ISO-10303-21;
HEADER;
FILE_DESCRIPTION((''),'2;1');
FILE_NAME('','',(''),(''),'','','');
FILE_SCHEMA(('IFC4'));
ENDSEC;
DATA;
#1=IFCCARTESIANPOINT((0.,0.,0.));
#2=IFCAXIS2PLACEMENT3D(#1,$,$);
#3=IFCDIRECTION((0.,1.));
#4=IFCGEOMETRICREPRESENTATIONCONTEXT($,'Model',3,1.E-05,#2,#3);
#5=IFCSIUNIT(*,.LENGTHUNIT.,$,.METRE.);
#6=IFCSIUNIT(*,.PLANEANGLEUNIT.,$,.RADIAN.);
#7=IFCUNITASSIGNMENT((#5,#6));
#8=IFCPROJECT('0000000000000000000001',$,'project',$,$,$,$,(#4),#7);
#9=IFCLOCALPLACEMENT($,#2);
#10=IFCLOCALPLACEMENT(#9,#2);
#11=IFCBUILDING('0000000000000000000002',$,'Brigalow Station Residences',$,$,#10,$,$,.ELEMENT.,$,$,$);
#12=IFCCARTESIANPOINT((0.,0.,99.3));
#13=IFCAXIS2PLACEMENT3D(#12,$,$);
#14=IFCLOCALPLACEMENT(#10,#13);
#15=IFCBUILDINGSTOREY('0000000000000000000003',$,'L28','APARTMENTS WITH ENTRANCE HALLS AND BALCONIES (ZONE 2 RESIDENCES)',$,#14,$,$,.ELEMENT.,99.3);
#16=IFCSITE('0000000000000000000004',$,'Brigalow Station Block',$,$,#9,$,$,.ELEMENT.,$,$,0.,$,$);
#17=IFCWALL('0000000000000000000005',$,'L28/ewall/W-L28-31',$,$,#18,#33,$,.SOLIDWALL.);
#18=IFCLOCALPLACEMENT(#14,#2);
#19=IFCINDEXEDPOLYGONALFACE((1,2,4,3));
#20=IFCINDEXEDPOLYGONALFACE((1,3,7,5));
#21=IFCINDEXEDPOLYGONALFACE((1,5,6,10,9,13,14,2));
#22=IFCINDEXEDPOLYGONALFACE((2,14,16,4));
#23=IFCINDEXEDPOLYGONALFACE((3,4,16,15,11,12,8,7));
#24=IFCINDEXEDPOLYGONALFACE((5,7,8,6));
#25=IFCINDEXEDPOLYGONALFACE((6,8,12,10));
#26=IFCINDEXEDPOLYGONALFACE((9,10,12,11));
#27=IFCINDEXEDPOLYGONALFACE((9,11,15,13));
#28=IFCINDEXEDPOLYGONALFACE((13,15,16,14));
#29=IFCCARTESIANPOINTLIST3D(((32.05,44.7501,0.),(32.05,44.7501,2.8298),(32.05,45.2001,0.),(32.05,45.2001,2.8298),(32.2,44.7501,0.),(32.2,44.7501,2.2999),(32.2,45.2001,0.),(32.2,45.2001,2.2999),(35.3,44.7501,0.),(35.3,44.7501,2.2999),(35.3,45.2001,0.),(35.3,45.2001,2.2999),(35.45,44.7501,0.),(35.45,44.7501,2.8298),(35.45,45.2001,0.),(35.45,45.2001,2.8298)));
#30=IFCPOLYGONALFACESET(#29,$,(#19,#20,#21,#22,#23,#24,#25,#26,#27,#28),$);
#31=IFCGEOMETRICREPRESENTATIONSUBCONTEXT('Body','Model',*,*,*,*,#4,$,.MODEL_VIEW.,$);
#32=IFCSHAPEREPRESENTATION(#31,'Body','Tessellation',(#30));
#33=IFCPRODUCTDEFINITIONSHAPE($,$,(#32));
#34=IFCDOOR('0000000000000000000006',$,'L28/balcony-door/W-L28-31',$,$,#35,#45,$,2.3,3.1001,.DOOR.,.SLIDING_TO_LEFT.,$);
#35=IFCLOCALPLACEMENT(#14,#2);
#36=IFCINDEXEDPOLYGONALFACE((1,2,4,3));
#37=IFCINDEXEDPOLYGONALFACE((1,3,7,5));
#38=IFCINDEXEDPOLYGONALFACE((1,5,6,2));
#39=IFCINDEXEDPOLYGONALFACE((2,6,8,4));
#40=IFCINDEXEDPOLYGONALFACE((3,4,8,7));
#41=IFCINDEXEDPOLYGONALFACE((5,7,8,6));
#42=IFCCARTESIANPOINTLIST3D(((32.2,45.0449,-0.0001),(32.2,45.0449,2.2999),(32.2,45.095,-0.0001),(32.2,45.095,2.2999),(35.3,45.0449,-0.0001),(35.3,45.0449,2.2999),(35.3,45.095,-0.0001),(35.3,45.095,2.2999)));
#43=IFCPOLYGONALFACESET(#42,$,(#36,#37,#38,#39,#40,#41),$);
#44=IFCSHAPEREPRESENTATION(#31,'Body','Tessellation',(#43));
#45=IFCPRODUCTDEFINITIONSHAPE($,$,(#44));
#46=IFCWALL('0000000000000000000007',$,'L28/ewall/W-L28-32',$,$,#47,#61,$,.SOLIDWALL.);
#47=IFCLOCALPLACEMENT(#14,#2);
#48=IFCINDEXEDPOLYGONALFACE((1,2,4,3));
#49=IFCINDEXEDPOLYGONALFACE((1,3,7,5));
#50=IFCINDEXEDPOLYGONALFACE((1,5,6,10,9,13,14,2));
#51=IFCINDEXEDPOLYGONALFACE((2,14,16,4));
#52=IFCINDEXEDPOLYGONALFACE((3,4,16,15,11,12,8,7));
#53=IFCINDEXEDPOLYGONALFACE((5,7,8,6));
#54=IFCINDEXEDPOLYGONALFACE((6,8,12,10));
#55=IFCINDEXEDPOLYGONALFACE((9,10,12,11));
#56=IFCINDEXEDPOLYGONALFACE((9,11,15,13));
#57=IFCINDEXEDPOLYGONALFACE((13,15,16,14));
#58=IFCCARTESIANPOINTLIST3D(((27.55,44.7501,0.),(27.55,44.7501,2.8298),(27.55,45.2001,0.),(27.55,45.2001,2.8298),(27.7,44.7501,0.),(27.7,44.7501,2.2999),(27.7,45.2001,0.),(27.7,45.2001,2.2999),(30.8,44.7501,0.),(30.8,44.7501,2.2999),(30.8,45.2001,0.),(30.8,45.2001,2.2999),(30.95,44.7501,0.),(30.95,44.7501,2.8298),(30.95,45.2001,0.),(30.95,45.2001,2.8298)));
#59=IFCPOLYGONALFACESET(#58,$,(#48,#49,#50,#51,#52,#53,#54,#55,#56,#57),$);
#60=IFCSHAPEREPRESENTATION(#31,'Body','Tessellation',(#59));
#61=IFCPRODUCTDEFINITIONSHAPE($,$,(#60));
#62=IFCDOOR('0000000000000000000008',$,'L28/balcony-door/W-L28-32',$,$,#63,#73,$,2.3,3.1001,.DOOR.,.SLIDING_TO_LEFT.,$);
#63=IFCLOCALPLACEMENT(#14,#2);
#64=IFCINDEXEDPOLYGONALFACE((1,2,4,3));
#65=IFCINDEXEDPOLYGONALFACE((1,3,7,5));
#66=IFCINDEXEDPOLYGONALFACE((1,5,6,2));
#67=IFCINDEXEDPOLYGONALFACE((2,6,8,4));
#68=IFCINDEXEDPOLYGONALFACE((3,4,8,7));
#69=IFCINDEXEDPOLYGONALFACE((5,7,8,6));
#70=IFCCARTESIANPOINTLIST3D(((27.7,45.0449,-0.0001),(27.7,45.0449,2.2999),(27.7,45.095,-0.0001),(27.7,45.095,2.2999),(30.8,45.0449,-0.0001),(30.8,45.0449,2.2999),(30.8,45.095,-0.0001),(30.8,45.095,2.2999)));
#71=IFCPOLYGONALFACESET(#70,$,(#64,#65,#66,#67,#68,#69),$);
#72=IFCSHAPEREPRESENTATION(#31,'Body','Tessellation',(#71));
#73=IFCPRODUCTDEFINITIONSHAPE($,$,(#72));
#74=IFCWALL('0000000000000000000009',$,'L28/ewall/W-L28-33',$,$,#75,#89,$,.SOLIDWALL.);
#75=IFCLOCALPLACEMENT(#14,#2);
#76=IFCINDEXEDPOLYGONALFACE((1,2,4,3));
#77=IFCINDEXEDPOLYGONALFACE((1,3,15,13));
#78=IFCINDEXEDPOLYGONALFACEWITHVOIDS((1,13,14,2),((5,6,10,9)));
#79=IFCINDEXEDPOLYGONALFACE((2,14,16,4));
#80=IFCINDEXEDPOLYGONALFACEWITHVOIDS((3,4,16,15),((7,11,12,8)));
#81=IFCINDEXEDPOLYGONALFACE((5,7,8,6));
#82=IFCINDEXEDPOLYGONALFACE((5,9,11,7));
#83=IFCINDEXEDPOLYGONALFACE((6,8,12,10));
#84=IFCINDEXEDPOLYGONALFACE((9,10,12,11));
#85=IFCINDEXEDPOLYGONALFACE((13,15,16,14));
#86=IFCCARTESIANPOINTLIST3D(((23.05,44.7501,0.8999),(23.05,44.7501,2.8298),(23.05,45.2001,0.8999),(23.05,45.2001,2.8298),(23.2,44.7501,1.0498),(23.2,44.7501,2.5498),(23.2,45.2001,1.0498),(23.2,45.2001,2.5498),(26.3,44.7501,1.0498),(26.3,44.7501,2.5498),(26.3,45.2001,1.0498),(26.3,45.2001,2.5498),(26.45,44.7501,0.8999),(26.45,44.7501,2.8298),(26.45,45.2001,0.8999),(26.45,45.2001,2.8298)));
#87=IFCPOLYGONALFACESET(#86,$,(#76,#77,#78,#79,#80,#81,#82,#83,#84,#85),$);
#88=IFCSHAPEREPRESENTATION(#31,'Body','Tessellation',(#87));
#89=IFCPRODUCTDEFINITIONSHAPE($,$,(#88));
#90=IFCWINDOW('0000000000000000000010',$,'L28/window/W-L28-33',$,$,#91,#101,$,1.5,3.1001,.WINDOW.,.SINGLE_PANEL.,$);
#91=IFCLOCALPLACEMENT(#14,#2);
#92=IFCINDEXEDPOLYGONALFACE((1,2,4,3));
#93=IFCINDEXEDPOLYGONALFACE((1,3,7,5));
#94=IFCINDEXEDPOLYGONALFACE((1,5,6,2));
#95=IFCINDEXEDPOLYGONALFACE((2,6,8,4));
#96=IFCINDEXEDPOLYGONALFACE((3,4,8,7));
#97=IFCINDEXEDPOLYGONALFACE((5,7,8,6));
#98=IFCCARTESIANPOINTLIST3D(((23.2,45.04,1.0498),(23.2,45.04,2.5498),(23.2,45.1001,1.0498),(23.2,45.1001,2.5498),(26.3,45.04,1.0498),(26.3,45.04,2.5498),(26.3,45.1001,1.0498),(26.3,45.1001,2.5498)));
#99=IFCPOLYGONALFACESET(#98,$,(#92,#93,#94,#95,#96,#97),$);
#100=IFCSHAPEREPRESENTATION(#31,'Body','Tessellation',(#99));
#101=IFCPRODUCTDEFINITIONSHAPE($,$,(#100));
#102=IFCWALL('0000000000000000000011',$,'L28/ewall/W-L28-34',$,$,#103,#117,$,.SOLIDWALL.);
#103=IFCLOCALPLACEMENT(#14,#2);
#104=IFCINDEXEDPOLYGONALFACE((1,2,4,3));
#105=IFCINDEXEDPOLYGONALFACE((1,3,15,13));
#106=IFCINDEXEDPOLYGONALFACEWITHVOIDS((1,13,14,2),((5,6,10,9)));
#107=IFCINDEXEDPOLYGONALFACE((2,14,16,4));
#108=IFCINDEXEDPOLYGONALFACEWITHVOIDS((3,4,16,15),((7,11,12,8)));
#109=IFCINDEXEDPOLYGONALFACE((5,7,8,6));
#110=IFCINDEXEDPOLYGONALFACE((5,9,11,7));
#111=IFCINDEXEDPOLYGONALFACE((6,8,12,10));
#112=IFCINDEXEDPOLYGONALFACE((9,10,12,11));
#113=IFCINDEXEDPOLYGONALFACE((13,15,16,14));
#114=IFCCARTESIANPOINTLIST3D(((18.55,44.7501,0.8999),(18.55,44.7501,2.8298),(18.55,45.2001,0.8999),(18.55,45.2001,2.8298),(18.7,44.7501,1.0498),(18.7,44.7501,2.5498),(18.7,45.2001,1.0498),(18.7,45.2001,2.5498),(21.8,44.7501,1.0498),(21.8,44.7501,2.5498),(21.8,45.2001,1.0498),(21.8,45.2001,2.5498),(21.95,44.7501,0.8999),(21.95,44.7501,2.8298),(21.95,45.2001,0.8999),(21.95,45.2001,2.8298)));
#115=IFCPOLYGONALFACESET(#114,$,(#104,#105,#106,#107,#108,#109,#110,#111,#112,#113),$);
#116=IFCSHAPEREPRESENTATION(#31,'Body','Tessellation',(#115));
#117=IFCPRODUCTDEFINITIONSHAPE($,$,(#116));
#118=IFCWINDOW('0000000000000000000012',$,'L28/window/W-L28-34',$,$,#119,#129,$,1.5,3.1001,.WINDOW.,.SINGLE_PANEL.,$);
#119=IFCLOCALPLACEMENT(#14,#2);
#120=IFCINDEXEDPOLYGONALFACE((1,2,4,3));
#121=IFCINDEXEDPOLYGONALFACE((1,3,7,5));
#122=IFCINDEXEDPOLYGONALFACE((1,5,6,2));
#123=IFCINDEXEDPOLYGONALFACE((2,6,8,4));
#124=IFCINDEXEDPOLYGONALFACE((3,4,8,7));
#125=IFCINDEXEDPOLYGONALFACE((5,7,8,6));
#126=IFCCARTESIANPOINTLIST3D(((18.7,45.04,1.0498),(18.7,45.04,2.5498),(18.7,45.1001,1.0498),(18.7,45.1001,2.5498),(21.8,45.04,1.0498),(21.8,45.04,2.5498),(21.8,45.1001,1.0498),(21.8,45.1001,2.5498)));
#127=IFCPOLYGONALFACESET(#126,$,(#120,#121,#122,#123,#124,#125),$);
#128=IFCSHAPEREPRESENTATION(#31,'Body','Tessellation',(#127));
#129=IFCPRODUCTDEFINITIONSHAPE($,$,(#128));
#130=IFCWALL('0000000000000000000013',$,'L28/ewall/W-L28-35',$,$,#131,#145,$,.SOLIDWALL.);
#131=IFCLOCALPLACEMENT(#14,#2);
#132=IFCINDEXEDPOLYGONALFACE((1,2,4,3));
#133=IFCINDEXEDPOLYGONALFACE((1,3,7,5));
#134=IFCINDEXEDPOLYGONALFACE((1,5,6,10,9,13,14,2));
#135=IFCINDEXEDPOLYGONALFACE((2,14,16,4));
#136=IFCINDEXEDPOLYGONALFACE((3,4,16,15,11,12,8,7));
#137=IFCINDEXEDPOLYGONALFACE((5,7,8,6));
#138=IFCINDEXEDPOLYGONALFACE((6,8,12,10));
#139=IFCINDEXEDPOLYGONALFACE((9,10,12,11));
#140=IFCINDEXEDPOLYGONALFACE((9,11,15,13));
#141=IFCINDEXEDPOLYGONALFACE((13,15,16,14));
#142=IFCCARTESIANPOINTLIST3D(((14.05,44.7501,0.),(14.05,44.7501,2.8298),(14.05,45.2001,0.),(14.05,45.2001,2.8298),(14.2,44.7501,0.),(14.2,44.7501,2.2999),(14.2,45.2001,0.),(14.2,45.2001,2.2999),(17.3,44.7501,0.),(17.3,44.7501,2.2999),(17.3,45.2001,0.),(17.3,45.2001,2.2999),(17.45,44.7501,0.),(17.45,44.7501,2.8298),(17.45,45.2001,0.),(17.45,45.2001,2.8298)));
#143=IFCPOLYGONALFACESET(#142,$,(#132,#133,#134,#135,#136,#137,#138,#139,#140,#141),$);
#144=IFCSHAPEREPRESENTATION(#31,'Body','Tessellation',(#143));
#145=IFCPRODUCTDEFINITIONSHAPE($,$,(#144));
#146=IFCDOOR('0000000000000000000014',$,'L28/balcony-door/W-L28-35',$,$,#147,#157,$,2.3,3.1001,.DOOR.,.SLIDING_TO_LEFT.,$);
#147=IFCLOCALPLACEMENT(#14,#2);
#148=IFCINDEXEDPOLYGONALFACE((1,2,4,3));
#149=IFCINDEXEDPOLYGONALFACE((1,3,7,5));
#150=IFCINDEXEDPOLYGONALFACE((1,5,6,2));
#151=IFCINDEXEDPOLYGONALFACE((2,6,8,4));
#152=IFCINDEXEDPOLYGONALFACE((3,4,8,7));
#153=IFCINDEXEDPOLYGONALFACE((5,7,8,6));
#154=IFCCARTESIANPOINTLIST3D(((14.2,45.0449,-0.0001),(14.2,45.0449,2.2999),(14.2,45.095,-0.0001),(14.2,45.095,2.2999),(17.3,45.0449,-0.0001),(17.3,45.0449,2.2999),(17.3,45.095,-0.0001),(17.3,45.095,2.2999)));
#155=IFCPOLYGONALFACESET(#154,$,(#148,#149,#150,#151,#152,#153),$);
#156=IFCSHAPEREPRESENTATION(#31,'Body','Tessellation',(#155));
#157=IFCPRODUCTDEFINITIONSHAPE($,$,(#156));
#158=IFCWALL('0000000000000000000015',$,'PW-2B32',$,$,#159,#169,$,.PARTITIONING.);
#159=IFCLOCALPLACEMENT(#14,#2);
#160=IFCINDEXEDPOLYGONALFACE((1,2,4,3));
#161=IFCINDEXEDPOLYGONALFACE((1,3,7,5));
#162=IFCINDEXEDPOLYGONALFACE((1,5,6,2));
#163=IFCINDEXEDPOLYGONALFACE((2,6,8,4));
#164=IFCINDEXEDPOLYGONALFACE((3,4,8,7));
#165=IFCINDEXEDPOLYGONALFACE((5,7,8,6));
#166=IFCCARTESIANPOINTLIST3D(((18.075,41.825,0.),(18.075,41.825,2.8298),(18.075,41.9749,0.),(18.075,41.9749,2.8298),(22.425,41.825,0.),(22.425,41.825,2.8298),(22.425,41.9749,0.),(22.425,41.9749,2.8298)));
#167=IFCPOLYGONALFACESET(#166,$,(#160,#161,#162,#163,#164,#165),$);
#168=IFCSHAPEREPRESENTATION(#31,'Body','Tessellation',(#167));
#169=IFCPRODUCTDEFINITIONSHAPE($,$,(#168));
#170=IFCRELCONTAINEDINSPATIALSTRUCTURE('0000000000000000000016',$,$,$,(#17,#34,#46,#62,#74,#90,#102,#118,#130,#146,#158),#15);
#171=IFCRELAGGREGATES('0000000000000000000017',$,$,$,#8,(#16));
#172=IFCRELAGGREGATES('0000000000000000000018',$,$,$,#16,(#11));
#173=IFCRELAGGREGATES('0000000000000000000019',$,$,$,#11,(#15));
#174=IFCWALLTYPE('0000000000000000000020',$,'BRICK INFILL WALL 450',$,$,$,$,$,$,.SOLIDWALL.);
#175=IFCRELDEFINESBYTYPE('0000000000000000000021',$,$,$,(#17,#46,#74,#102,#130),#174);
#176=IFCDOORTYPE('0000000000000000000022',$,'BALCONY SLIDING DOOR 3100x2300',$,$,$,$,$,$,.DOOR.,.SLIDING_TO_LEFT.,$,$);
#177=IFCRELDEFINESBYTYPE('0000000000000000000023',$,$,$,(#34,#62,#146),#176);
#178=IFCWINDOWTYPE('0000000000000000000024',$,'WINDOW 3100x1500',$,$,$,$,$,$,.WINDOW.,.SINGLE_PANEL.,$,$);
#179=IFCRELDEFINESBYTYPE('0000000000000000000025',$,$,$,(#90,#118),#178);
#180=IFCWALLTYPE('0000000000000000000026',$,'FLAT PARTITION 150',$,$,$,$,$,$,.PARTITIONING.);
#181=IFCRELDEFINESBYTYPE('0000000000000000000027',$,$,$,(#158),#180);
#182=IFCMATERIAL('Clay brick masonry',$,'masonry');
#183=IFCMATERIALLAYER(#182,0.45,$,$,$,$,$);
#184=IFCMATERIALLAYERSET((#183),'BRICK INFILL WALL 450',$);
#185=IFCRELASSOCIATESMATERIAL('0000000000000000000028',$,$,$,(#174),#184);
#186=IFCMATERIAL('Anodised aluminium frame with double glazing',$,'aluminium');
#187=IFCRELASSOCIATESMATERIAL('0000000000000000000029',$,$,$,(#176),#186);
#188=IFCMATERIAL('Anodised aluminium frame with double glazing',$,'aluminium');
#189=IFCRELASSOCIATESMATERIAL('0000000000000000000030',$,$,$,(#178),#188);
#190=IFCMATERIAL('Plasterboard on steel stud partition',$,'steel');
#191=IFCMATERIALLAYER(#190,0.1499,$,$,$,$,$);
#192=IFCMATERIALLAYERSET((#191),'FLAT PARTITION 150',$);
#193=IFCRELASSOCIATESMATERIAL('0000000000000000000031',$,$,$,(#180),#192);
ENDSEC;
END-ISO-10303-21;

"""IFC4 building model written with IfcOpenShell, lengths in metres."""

from ifc_helpers import new_model, si_unit, direction, frame, frame_2d, origin, place, context, subcontext, project, spatial, rectangle, extrude, material, layer, layer_set, type_object, element, fill, save


model = new_model("IFC4")

# Units and contexts
model_context = context("Model", 3, precision=1e-05, world=origin(), true_north=direction((0.0, 1.0)))
body_context = subcontext(model_context, "Body", "Model", "MODEL_VIEW")
ifc_project = project(units=[si_unit("LENGTHUNIT", "METRE"), si_unit("PLANEANGLEUNIT", "RADIAN")], contexts=[model_context])

# Site, building, storey
site_placement = place(None, origin())
site = spatial("IfcSite", under=ifc_project, at=site_placement, Name="Brigalow Station Block", CompositionType="ELEMENT", RefElevation=0.0)
building_placement = place(site_placement, origin())
building = spatial("IfcBuilding", under=site, at=building_placement, Name="Brigalow Station Residences", CompositionType="ELEMENT")
storey_placement = place(building_placement, frame((0.0, 0.0, 99.3)))
storey = spatial("IfcBuildingStorey", under=building, at=storey_placement, Name="L28", Description="APARTMENTS WITH ENTRANCE HALLS AND BALCONIES (ZONE 2 RESIDENCES)", CompositionType="ELEMENT", Elevation=99.3)

# Walls, openings, doors
ifc_material_1 = material(Name="Clay brick masonry", Category="masonry")
ifc_layer_1 = layer(ifc_material_1, 0.45)
ifc_layer_set_1 = layer_set([ifc_layer_1], Name="BRICK INFILL WALL 450")
wall_type_1 = type_object("IfcWallType", Name="BRICK INFILL WALL 450", PredefinedType="SOLIDWALL", material=ifc_layer_set_1)
wall_1_placement = place(storey_placement, frame((35.45, 44.9751, 0.0), z_axis=(0.0, 0.0, 1.0), x_axis=(-1.0, 0.0, 0.0)))
wall_1 = element("IfcWall", 1, at=wall_1_placement, inside=storey, type_object=wall_type_1, Name="L28/ewall/W-L28-31", PredefinedType="SOLIDWALL", context=body_context, shape_type="SweptSolid", body=[
    extrude(rectangle(XDim=3.3999, YDim=0.45, at=frame_2d((1.7, 0.0))), origin(), (0.0, 0.0, 1.0), 2.8298),
])
opening_1_placement = place(wall_1_placement, frame((0.1499, 0.0, 0.0)))
opening_1 = element("IfcOpeningElement", 2, at=opening_1_placement, cuts=wall_1, PredefinedType="OPENING", context=body_context, shape_type="SweptSolid", body=[
    extrude(rectangle(XDim=3.1001, YDim=2.3, at=frame_2d((1.55, 1.1499))), frame((0.0, 0.2349, 0.0), z_axis=(0.0, -1.0, 0.0), x_axis=(1.0, 0.0, 0.0)), (0.0, 0.0, 1.0), 0.47),
])
ifc_material_2 = material(Name="Anodised aluminium frame with double glazing", Category="aluminium")
door_type_1 = type_object("IfcDoorType", Name="BALCONY SLIDING DOOR 3100x2300", OperationType="SLIDING_TO_LEFT", PredefinedType="DOOR", material=ifc_material_2)
door_1_placement = place(opening_1_placement, origin())
door_1 = element("IfcDoor", 3, at=door_1_placement, inside=storey, type_object=door_type_1, Name="L28/balcony-door/W-L28-31", OperationType="SLIDING_TO_LEFT", OverallHeight=2.3, OverallWidth=3.1001, PredefinedType="DOOR", context=body_context, shape_type="SweptSolid", body=[
    extrude(rectangle(XDim=3.1001, YDim=2.3, at=frame_2d((1.55, 1.1499))), frame((0.0, -0.0698, 0.0), z_axis=(0.0, -1.0, 0.0), x_axis=(1.0, 0.0, 0.0)), (0.0, 0.0, 1.0), 0.05),
])
fill(opening_1, door_1)
wall_2_placement = place(storey_placement, frame((30.95, 44.9751, 0.0), z_axis=(0.0, 0.0, 1.0), x_axis=(-1.0, 0.0, 0.0)))
wall_2 = element("IfcWall", 4, at=wall_2_placement, inside=storey, type_object=wall_type_1, Name="L28/ewall/W-L28-32", PredefinedType="SOLIDWALL", context=body_context, shape_type="SweptSolid", body=[
    extrude(rectangle(XDim=3.3999, YDim=0.45, at=frame_2d((1.7, 0.0))), origin(), (0.0, 0.0, 1.0), 2.8298),
])
opening_2_placement = place(wall_2_placement, frame((0.1499, 0.0, 0.0)))
opening_2 = element("IfcOpeningElement", 5, at=opening_2_placement, cuts=wall_2, PredefinedType="OPENING", context=body_context, shape_type="SweptSolid", body=[
    extrude(rectangle(XDim=3.1001, YDim=2.3, at=frame_2d((1.55, 1.1499))), frame((0.0, 0.2349, 0.0), z_axis=(0.0, -1.0, 0.0), x_axis=(1.0, 0.0, 0.0)), (0.0, 0.0, 1.0), 0.47),
])
door_2_placement = place(opening_2_placement, origin())
door_2 = element("IfcDoor", 6, at=door_2_placement, inside=storey, type_object=door_type_1, Name="L28/balcony-door/W-L28-32", OperationType="SLIDING_TO_LEFT", OverallHeight=2.3, OverallWidth=3.1001, PredefinedType="DOOR", context=body_context, shape_type="SweptSolid", body=[
    extrude(rectangle(XDim=3.1001, YDim=2.3, at=frame_2d((1.55, 1.1499))), frame((0.0, -0.0698, 0.0), z_axis=(0.0, -1.0, 0.0), x_axis=(1.0, 0.0, 0.0)), (0.0, 0.0, 1.0), 0.05),
])
fill(opening_2, door_2)

# Walls, openings, windows
wall_3_placement = place(storey_placement, frame((26.45, 44.9751, 0.8999), z_axis=(0.0, 0.0, 1.0), x_axis=(-1.0, 0.0, 0.0)))
wall_3 = element("IfcWall", 7, at=wall_3_placement, inside=storey, type_object=wall_type_1, Name="L28/ewall/W-L28-33", PredefinedType="SOLIDWALL", context=body_context, shape_type="SweptSolid", body=[
    extrude(rectangle(XDim=3.3999, YDim=0.45, at=frame_2d((1.7, 0.0))), origin(), (0.0, 0.0, 1.0), 1.9299),
])
opening_3_placement = place(wall_3_placement, frame((0.1499, 0.0, 0.1499)))
opening_3 = element("IfcOpeningElement", 8, at=opening_3_placement, cuts=wall_3, PredefinedType="OPENING", context=body_context, shape_type="SweptSolid", body=[
    extrude(rectangle(XDim=3.1001, YDim=1.5, at=frame_2d((1.55, 0.75))), frame((0.0, 0.2349, 0.0), z_axis=(0.0, -1.0, 0.0), x_axis=(1.0, 0.0, 0.0)), (0.0, 0.0, 1.0), 0.47),
])
ifc_material_3 = material(Name="Anodised aluminium frame with double glazing", Category="aluminium")
window_type = type_object("IfcWindowType", Name="WINDOW 3100x1500", PartitioningType="SINGLE_PANEL", PredefinedType="WINDOW", material=ifc_material_3)
window_1_placement = place(opening_3_placement, origin())
window_1 = element("IfcWindow", 9, at=window_1_placement, inside=storey, type_object=window_type, Name="L28/window/W-L28-33", OverallHeight=1.5, OverallWidth=3.1001, PartitioningType="SINGLE_PANEL", PredefinedType="WINDOW", context=body_context, shape_type="SweptSolid", body=[
    extrude(rectangle(XDim=3.1001, YDim=1.5, at=frame_2d((1.55, 0.75))), frame((0.0, -0.0649, 0.0), z_axis=(0.0, -1.0, 0.0), x_axis=(1.0, 0.0, 0.0)), (0.0, 0.0, 1.0), 0.0601),
])
fill(opening_3, window_1)
wall_4_placement = place(storey_placement, frame((21.95, 44.9751, 0.8999), z_axis=(0.0, 0.0, 1.0), x_axis=(-1.0, 0.0, 0.0)))
wall_4 = element("IfcWall", 10, at=wall_4_placement, inside=storey, type_object=wall_type_1, Name="L28/ewall/W-L28-34", PredefinedType="SOLIDWALL", context=body_context, shape_type="SweptSolid", body=[
    extrude(rectangle(XDim=3.3999, YDim=0.45, at=frame_2d((1.7, 0.0))), origin(), (0.0, 0.0, 1.0), 1.9299),
])
opening_4_placement = place(wall_4_placement, frame((0.1499, 0.0, 0.1499)))
opening_4 = element("IfcOpeningElement", 11, at=opening_4_placement, cuts=wall_4, PredefinedType="OPENING", context=body_context, shape_type="SweptSolid", body=[
    extrude(rectangle(XDim=3.1001, YDim=1.5, at=frame_2d((1.55, 0.75))), frame((0.0, 0.2349, 0.0), z_axis=(0.0, -1.0, 0.0), x_axis=(1.0, 0.0, 0.0)), (0.0, 0.0, 1.0), 0.47),
])
window_2_placement = place(opening_4_placement, origin())
window_2 = element("IfcWindow", 12, at=window_2_placement, inside=storey, type_object=window_type, Name="L28/window/W-L28-34", OverallHeight=1.5, OverallWidth=3.1001, PartitioningType="SINGLE_PANEL", PredefinedType="WINDOW", context=body_context, shape_type="SweptSolid", body=[
    extrude(rectangle(XDim=3.1001, YDim=1.5, at=frame_2d((1.55, 0.75))), frame((0.0, -0.0649, 0.0), z_axis=(0.0, -1.0, 0.0), x_axis=(1.0, 0.0, 0.0)), (0.0, 0.0, 1.0), 0.0601),
])
fill(opening_4, window_2)

# Wall, opening, door
wall_5_placement = place(storey_placement, frame((17.45, 44.9751, 0.0), z_axis=(0.0, 0.0, 1.0), x_axis=(-1.0, 0.0, 0.0)))
wall_5 = element("IfcWall", 13, at=wall_5_placement, inside=storey, type_object=wall_type_1, Name="L28/ewall/W-L28-35", PredefinedType="SOLIDWALL", context=body_context, shape_type="SweptSolid", body=[
    extrude(rectangle(XDim=3.3999, YDim=0.45, at=frame_2d((1.7, 0.0))), origin(), (0.0, 0.0, 1.0), 2.8298),
])
opening_5_placement = place(wall_5_placement, frame((0.1499, 0.0, 0.0)))
opening_5 = element("IfcOpeningElement", 14, at=opening_5_placement, cuts=wall_5, PredefinedType="OPENING", context=body_context, shape_type="SweptSolid", body=[
    extrude(rectangle(XDim=3.1001, YDim=2.3, at=frame_2d((1.55, 1.1499))), frame((0.0, 0.2349, 0.0), z_axis=(0.0, -1.0, 0.0), x_axis=(1.0, 0.0, 0.0)), (0.0, 0.0, 1.0), 0.47),
])
door_3_placement = place(opening_5_placement, origin())
door_3 = element("IfcDoor", 15, at=door_3_placement, inside=storey, type_object=door_type_1, Name="L28/balcony-door/W-L28-35", OperationType="SLIDING_TO_LEFT", OverallHeight=2.3, OverallWidth=3.1001, PredefinedType="DOOR", context=body_context, shape_type="SweptSolid", body=[
    extrude(rectangle(XDim=3.1001, YDim=2.3, at=frame_2d((1.55, 1.1499))), frame((0.0, -0.0698, 0.0), z_axis=(0.0, -1.0, 0.0), x_axis=(1.0, 0.0, 0.0)), (0.0, 0.0, 1.0), 0.05),
])
fill(opening_5, door_3)

# Wall
ifc_material_4 = material(Name="Plasterboard on steel stud partition", Category="steel")
ifc_layer_2 = layer(ifc_material_4, 0.1499)
ifc_layer_set_2 = layer_set([ifc_layer_2], Name="FLAT PARTITION 150")
wall_type_2 = type_object("IfcWallType", Name="FLAT PARTITION 150", PredefinedType="PARTITIONING", material=ifc_layer_set_2)
wall_6_placement = place(storey_placement, frame((18.075, 41.8999, 0.0), z_axis=(0.0, 0.0, 1.0), x_axis=(1.0, 0.0, 0.0)))
element("IfcWall", 16, at=wall_6_placement, inside=storey, type_object=wall_type_2, Name="PW-2B32", PredefinedType="PARTITIONING", context=body_context, shape_type="SweptSolid", body=[
    extrude(rectangle(XDim=4.3501, YDim=0.1499, at=frame_2d((2.175, 0.0))), origin(), (0.0, 0.0, 1.0), 2.8298),
])

save(model, "model.ifc")
